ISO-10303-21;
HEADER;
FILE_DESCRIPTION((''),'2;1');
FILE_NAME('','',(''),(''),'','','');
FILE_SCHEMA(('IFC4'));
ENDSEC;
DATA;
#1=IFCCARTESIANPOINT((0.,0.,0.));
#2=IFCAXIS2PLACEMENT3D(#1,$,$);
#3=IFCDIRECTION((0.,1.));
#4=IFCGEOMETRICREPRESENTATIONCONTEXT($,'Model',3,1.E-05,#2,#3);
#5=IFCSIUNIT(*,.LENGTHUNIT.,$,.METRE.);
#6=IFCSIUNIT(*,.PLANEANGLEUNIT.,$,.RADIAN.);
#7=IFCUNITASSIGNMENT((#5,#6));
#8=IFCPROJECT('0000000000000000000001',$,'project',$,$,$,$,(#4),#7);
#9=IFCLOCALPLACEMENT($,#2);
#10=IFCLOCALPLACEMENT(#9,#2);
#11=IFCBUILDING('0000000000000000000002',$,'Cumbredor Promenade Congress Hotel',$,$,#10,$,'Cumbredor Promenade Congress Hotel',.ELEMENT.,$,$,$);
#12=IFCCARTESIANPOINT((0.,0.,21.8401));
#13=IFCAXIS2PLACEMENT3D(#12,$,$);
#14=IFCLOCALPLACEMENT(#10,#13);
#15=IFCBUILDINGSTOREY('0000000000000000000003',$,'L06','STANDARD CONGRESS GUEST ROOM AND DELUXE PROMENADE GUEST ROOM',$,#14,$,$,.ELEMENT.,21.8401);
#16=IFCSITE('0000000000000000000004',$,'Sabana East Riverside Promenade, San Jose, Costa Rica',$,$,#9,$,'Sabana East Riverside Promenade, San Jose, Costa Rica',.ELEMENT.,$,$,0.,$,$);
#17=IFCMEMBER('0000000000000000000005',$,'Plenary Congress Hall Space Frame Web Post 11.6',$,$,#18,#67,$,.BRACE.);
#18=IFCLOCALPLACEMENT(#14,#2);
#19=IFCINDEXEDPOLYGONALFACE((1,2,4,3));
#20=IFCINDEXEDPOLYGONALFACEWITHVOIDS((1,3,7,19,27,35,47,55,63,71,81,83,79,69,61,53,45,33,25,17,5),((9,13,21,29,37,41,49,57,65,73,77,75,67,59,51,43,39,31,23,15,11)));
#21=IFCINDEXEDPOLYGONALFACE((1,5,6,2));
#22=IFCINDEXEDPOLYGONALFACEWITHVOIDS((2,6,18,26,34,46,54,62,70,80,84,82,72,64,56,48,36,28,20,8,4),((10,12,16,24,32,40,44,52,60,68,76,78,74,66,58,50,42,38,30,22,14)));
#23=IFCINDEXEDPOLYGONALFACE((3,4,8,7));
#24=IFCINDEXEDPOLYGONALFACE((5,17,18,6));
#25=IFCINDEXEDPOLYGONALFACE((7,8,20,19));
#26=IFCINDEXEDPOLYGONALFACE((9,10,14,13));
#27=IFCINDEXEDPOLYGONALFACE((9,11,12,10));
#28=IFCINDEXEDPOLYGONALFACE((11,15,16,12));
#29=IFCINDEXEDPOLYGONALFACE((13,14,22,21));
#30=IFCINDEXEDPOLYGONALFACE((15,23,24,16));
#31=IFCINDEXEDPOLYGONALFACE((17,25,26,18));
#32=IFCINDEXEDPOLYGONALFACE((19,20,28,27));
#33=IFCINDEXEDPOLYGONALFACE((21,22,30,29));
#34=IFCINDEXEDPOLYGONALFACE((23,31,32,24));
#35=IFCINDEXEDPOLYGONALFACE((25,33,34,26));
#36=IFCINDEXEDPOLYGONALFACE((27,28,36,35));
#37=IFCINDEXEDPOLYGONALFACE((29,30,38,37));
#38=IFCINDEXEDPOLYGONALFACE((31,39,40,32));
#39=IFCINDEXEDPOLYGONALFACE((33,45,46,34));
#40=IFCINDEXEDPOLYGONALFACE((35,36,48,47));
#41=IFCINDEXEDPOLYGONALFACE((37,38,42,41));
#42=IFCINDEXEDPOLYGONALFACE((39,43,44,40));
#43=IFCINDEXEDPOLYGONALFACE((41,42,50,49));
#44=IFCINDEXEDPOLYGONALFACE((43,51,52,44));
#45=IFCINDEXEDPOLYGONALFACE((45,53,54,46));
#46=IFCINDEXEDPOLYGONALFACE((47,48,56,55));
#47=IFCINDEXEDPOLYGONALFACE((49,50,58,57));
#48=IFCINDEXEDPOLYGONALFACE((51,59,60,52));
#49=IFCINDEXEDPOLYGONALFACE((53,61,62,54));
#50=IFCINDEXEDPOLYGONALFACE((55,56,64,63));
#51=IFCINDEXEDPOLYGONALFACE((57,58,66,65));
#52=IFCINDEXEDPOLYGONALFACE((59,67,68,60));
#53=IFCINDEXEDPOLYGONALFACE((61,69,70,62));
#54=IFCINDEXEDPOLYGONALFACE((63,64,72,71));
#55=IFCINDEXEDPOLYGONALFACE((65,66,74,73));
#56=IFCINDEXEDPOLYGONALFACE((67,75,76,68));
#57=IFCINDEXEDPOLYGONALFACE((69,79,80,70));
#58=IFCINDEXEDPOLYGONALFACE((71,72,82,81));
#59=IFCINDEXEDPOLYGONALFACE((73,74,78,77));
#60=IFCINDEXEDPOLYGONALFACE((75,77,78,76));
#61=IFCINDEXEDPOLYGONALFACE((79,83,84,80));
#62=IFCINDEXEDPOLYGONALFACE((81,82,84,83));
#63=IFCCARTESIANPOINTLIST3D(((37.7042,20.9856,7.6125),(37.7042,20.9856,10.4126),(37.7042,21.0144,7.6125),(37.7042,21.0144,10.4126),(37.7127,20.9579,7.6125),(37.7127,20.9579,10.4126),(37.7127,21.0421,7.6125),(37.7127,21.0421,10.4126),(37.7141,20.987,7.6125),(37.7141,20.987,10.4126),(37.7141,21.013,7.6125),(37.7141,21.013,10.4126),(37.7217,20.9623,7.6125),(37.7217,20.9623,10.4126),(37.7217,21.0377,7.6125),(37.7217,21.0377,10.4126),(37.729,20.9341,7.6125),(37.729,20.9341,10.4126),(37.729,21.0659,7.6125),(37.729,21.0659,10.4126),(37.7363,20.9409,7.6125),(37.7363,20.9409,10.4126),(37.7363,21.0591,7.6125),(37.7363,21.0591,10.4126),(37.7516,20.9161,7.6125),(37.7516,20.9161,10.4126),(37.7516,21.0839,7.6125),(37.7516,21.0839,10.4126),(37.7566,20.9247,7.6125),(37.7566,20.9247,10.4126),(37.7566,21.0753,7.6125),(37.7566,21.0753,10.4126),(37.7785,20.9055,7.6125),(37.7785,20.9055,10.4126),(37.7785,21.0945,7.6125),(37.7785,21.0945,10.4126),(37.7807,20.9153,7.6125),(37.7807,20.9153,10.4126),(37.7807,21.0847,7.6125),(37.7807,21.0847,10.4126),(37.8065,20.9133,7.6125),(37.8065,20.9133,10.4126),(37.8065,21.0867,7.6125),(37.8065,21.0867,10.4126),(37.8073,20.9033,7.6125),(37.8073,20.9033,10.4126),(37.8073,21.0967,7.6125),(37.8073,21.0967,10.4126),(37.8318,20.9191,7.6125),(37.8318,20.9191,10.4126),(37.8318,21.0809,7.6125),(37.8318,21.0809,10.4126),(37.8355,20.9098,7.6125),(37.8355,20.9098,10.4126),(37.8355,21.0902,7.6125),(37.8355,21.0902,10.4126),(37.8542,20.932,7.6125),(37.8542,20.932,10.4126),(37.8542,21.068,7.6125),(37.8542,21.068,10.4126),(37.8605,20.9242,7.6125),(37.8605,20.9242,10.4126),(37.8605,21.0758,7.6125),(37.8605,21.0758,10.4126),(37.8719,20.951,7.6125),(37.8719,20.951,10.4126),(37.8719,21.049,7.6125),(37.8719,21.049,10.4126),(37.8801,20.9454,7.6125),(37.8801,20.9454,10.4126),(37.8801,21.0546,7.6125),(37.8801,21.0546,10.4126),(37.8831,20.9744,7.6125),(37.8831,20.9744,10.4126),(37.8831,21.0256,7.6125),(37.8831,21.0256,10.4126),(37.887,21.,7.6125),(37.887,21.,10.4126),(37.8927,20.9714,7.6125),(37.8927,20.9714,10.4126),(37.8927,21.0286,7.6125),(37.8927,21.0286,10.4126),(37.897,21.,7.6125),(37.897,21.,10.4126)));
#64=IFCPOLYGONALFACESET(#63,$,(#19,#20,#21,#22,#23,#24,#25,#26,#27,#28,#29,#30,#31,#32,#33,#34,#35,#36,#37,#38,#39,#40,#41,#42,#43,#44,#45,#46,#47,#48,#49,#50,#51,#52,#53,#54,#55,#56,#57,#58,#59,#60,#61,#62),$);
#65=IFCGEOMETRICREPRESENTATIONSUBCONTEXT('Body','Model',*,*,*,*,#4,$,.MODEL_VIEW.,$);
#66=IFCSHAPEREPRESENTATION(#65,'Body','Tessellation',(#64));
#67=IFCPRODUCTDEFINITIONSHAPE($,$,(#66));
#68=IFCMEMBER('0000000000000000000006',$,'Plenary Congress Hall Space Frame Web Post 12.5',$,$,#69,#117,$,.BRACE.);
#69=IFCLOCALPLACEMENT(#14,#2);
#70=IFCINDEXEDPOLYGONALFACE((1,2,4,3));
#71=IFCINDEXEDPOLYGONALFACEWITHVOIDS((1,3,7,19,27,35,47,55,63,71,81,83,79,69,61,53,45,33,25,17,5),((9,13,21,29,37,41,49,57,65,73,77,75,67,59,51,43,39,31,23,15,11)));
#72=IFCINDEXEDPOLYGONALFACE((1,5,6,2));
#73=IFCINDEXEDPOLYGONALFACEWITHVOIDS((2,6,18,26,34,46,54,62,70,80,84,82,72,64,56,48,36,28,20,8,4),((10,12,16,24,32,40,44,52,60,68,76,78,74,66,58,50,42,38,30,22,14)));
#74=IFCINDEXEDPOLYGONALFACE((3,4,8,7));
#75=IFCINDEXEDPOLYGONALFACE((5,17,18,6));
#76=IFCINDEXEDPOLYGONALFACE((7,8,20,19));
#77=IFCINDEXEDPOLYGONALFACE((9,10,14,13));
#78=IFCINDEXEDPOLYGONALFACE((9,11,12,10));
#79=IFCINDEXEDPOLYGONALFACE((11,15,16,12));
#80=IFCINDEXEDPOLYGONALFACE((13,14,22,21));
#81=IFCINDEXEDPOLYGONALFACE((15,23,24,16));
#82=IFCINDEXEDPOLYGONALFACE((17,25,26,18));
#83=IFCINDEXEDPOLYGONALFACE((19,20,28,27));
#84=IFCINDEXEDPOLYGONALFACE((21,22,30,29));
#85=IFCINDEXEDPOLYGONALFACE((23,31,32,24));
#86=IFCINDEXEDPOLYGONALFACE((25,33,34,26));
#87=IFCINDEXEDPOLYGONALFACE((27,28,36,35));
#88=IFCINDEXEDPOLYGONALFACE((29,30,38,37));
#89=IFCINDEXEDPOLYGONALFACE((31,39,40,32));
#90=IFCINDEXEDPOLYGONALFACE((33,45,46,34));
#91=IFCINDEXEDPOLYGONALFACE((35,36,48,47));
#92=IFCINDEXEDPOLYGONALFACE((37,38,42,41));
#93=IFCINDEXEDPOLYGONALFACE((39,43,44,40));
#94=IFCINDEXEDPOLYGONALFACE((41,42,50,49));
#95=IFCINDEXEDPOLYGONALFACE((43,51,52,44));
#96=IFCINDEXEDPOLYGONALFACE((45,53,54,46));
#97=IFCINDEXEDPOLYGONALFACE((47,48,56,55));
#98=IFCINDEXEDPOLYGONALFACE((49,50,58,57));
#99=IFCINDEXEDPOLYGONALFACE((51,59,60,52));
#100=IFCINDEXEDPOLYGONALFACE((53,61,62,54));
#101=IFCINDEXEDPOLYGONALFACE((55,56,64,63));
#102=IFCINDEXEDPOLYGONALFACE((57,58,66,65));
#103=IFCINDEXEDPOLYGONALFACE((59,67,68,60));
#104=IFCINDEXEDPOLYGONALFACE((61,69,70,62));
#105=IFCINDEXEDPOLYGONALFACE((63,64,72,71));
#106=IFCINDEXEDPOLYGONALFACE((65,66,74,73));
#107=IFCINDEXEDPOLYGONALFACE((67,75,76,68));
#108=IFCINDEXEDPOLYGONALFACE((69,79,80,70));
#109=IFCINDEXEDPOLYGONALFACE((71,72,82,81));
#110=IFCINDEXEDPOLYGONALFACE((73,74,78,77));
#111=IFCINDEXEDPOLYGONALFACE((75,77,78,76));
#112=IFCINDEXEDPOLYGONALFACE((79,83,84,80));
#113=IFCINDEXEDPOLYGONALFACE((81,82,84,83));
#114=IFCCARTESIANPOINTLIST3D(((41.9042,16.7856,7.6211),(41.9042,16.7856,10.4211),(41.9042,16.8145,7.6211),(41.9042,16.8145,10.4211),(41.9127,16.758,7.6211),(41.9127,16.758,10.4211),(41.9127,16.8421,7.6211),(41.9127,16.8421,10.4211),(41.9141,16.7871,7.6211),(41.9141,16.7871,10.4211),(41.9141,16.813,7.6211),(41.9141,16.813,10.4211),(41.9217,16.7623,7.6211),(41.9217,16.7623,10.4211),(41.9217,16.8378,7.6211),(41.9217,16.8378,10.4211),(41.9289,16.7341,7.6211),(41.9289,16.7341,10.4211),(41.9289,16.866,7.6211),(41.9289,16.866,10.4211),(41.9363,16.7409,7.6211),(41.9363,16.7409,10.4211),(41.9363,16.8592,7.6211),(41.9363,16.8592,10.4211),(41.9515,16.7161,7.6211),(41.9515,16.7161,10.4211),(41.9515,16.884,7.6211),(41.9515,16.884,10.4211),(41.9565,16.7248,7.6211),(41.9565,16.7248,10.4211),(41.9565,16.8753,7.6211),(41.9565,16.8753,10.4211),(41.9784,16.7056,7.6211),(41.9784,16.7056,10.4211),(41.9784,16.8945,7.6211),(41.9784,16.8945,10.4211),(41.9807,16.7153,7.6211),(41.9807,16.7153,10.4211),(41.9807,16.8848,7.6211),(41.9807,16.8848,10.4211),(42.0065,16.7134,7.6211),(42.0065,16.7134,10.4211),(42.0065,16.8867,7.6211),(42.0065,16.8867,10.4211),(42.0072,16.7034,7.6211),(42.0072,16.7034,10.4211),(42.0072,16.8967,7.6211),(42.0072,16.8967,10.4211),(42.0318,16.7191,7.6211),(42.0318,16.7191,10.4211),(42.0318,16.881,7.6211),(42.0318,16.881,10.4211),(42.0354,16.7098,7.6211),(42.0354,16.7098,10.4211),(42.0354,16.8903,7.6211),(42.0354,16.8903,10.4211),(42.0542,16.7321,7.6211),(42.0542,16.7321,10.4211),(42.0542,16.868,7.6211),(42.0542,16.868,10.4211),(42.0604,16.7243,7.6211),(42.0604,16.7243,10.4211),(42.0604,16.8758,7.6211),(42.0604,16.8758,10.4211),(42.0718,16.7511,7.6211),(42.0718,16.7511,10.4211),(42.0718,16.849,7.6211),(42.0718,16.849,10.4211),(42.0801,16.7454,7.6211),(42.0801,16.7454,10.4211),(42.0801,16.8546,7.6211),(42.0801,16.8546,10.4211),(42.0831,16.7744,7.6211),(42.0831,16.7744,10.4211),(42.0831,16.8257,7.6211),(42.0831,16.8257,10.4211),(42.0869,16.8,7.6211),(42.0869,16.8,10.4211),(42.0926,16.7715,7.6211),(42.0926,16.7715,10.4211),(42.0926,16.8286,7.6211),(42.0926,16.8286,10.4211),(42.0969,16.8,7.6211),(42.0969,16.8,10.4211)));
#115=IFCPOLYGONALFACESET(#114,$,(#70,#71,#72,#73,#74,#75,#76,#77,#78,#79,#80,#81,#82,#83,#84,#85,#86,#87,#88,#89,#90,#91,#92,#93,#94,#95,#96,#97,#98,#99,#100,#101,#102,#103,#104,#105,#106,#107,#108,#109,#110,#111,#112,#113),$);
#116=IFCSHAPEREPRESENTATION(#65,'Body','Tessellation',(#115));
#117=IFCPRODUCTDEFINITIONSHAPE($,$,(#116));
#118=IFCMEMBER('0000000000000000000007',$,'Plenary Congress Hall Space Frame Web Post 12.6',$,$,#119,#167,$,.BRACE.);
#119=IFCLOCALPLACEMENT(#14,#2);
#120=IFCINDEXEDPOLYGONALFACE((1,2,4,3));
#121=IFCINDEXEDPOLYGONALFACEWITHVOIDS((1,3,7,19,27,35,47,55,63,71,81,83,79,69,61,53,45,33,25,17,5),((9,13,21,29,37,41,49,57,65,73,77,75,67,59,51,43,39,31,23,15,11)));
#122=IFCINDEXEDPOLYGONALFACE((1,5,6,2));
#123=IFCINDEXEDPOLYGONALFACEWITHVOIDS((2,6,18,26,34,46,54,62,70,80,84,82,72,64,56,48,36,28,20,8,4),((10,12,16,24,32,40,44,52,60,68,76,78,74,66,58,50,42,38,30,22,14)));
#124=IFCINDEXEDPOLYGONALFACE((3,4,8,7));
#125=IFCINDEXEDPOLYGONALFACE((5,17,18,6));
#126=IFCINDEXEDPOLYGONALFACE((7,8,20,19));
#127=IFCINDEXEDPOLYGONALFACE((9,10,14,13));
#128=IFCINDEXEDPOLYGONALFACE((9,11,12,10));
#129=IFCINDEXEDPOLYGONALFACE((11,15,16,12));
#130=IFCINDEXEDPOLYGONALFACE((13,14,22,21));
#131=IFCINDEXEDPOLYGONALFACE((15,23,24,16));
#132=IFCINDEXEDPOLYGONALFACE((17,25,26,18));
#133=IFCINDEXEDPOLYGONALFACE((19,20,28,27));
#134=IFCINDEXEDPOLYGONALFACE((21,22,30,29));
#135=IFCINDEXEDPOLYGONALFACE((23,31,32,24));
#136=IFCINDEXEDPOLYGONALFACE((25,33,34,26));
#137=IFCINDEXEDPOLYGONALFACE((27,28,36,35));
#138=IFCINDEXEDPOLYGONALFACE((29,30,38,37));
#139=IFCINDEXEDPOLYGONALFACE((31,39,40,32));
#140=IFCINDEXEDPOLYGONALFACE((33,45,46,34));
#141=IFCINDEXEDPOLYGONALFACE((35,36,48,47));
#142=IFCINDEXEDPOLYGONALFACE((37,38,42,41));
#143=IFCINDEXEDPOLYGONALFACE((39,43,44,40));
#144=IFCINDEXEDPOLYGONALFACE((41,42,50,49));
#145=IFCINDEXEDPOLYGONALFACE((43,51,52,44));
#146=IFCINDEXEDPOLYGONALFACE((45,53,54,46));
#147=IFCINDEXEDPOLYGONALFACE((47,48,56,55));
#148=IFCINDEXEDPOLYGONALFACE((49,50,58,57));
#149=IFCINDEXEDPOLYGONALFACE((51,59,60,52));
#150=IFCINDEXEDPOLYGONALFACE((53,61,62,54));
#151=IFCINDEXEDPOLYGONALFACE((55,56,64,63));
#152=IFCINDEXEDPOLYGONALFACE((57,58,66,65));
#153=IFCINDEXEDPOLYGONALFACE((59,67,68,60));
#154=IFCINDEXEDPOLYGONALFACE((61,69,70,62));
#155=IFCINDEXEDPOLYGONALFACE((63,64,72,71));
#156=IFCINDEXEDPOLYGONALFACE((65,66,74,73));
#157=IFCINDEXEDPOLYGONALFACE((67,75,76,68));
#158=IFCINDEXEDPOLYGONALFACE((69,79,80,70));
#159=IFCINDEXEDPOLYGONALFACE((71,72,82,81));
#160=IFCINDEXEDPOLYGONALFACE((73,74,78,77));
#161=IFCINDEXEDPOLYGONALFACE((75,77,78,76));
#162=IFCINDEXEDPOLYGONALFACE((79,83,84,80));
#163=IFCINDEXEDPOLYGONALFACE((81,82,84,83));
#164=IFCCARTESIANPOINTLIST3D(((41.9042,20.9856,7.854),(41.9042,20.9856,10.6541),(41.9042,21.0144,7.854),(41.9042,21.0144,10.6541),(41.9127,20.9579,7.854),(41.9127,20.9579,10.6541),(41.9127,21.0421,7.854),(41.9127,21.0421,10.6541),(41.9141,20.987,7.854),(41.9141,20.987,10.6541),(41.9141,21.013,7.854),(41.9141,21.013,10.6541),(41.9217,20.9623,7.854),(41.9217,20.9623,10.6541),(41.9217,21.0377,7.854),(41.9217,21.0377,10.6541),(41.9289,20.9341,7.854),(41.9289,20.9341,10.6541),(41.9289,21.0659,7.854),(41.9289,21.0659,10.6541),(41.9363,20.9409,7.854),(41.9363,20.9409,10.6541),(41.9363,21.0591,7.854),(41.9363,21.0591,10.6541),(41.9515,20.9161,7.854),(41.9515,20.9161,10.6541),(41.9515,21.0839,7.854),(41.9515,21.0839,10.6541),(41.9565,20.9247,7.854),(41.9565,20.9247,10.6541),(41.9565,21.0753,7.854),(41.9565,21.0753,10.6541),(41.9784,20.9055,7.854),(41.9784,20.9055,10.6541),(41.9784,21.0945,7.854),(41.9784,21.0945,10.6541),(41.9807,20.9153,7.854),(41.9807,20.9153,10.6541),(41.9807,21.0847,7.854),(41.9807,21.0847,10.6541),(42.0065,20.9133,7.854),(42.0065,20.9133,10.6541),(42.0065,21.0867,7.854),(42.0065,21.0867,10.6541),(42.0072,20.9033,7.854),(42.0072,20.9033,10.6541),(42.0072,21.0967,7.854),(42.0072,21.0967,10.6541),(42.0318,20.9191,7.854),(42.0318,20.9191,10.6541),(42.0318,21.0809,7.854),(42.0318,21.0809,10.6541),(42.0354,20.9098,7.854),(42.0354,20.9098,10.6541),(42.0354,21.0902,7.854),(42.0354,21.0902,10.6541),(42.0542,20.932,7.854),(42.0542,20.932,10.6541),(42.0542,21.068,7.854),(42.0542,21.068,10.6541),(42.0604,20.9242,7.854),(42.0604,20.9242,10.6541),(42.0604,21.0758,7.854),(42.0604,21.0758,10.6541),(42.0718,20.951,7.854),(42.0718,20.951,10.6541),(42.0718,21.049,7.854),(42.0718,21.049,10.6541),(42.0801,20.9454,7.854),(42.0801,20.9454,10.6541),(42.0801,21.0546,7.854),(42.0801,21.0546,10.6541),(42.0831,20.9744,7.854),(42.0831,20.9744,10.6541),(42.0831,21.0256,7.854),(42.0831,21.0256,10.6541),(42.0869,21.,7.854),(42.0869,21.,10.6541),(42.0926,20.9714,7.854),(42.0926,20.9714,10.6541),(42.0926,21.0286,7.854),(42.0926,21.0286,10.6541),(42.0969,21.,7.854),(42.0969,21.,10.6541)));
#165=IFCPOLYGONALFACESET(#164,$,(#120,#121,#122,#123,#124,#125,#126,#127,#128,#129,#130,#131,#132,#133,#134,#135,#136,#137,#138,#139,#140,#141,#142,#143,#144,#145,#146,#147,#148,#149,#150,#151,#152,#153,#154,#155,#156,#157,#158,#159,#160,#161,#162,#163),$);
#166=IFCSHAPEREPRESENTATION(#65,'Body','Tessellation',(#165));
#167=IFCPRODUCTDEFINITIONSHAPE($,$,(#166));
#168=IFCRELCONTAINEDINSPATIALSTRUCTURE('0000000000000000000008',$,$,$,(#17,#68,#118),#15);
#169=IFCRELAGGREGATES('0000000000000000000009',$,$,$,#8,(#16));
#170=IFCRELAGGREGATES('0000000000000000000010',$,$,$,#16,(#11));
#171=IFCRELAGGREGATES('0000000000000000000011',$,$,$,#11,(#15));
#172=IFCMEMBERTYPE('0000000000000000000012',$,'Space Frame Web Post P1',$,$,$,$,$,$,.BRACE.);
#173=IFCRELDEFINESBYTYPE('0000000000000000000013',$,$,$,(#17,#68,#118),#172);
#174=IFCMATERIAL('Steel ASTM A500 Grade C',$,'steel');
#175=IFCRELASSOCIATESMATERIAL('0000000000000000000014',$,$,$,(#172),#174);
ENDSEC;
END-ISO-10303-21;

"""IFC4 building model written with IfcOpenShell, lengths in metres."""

from ifc_helpers import new_model, si_unit, direction, frame, origin, origin_2d, place, context, subcontext, project, spatial, hollow_circle, extrude, material, material_profile, profile_set, type_object, element, save


model = new_model("IFC4")

# Units and contexts
model_context = context("Model", 3, precision=1e-05, world=origin(), true_north=direction((0.0, 1.0)))
body_context = subcontext(model_context, "Body", "Model", "MODEL_VIEW")
ifc_project = project(units=[si_unit("LENGTHUNIT", "METRE"), si_unit("PLANEANGLEUNIT", "RADIAN")], contexts=[model_context])

# Site, building, storey
site_placement = place(None, origin())
site = spatial("IfcSite", under=ifc_project, at=site_placement, Name="Sabana East Riverside Promenade, San Jose, Costa Rica", LongName="Sabana East Riverside Promenade, San Jose, Costa Rica", CompositionType="ELEMENT", RefElevation=0.0)
building_placement = place(site_placement, origin())
building = spatial("IfcBuilding", under=site, at=building_placement, Name="Cumbredor Promenade Congress Hotel", LongName="Cumbredor Promenade Congress Hotel", CompositionType="ELEMENT")
storey_placement = place(building_placement, frame((0.0, 0.0, 21.8401)))
storey = spatial("IfcBuildingStorey", under=building, at=storey_placement, Name="L06", Description="STANDARD CONGRESS GUEST ROOM AND DELUXE PROMENADE GUEST ROOM", CompositionType="ELEMENT", Elevation=21.8401)

# Members
ifc_material_1 = material(Name="Steel ASTM A500 Grade C", Category="steel")
ifc_material_profile_1 = material_profile(ifc_material_1, hollow_circle(Radius=0.0969, WallThickness=0.01, at=origin_2d()), Name="CHS 193.7x10")
ifc_profile_set_1 = profile_set([ifc_material_profile_1], Name="Steel ASTM A500 Grade C")
member_type_1 = type_object("IfcMemberType", Name="Space Frame Web Post P1", PredefinedType="BRACE", material=ifc_profile_set_1)
for number, where, z_axis, x_axis, name in (
    (1, (37.8, 21.0, 7.6125), (0.0, 0.0, 1.0), (1.0, 0.0, 0.0), "Plenary Congress Hall Space Frame Web Post 11.6"),
    (2, (42.0, 16.8, 7.6211), (0.0, 0.0, 1.0), (1.0, 0.0, 0.0), "Plenary Congress Hall Space Frame Web Post 12.5"),
    (3, (42.0, 21.0, 7.854), (0.0, 0.0, 1.0), (1.0, 0.0, 0.0), "Plenary Congress Hall Space Frame Web Post 12.6"),
):
    element("IfcMember", number, at=place(storey_placement, frame(where, z_axis=z_axis, x_axis=x_axis)), inside=storey, type_object=member_type_1, Name=name, PredefinedType="BRACE", context=body_context, shape_type="SweptSolid", body=[
        extrude(hollow_circle(Radius=0.0969, WallThickness=0.01, at=origin_2d()), origin(), (0.0, 0.0, 1.0), 2.8),
    ])

save(model, "model.ifc")
